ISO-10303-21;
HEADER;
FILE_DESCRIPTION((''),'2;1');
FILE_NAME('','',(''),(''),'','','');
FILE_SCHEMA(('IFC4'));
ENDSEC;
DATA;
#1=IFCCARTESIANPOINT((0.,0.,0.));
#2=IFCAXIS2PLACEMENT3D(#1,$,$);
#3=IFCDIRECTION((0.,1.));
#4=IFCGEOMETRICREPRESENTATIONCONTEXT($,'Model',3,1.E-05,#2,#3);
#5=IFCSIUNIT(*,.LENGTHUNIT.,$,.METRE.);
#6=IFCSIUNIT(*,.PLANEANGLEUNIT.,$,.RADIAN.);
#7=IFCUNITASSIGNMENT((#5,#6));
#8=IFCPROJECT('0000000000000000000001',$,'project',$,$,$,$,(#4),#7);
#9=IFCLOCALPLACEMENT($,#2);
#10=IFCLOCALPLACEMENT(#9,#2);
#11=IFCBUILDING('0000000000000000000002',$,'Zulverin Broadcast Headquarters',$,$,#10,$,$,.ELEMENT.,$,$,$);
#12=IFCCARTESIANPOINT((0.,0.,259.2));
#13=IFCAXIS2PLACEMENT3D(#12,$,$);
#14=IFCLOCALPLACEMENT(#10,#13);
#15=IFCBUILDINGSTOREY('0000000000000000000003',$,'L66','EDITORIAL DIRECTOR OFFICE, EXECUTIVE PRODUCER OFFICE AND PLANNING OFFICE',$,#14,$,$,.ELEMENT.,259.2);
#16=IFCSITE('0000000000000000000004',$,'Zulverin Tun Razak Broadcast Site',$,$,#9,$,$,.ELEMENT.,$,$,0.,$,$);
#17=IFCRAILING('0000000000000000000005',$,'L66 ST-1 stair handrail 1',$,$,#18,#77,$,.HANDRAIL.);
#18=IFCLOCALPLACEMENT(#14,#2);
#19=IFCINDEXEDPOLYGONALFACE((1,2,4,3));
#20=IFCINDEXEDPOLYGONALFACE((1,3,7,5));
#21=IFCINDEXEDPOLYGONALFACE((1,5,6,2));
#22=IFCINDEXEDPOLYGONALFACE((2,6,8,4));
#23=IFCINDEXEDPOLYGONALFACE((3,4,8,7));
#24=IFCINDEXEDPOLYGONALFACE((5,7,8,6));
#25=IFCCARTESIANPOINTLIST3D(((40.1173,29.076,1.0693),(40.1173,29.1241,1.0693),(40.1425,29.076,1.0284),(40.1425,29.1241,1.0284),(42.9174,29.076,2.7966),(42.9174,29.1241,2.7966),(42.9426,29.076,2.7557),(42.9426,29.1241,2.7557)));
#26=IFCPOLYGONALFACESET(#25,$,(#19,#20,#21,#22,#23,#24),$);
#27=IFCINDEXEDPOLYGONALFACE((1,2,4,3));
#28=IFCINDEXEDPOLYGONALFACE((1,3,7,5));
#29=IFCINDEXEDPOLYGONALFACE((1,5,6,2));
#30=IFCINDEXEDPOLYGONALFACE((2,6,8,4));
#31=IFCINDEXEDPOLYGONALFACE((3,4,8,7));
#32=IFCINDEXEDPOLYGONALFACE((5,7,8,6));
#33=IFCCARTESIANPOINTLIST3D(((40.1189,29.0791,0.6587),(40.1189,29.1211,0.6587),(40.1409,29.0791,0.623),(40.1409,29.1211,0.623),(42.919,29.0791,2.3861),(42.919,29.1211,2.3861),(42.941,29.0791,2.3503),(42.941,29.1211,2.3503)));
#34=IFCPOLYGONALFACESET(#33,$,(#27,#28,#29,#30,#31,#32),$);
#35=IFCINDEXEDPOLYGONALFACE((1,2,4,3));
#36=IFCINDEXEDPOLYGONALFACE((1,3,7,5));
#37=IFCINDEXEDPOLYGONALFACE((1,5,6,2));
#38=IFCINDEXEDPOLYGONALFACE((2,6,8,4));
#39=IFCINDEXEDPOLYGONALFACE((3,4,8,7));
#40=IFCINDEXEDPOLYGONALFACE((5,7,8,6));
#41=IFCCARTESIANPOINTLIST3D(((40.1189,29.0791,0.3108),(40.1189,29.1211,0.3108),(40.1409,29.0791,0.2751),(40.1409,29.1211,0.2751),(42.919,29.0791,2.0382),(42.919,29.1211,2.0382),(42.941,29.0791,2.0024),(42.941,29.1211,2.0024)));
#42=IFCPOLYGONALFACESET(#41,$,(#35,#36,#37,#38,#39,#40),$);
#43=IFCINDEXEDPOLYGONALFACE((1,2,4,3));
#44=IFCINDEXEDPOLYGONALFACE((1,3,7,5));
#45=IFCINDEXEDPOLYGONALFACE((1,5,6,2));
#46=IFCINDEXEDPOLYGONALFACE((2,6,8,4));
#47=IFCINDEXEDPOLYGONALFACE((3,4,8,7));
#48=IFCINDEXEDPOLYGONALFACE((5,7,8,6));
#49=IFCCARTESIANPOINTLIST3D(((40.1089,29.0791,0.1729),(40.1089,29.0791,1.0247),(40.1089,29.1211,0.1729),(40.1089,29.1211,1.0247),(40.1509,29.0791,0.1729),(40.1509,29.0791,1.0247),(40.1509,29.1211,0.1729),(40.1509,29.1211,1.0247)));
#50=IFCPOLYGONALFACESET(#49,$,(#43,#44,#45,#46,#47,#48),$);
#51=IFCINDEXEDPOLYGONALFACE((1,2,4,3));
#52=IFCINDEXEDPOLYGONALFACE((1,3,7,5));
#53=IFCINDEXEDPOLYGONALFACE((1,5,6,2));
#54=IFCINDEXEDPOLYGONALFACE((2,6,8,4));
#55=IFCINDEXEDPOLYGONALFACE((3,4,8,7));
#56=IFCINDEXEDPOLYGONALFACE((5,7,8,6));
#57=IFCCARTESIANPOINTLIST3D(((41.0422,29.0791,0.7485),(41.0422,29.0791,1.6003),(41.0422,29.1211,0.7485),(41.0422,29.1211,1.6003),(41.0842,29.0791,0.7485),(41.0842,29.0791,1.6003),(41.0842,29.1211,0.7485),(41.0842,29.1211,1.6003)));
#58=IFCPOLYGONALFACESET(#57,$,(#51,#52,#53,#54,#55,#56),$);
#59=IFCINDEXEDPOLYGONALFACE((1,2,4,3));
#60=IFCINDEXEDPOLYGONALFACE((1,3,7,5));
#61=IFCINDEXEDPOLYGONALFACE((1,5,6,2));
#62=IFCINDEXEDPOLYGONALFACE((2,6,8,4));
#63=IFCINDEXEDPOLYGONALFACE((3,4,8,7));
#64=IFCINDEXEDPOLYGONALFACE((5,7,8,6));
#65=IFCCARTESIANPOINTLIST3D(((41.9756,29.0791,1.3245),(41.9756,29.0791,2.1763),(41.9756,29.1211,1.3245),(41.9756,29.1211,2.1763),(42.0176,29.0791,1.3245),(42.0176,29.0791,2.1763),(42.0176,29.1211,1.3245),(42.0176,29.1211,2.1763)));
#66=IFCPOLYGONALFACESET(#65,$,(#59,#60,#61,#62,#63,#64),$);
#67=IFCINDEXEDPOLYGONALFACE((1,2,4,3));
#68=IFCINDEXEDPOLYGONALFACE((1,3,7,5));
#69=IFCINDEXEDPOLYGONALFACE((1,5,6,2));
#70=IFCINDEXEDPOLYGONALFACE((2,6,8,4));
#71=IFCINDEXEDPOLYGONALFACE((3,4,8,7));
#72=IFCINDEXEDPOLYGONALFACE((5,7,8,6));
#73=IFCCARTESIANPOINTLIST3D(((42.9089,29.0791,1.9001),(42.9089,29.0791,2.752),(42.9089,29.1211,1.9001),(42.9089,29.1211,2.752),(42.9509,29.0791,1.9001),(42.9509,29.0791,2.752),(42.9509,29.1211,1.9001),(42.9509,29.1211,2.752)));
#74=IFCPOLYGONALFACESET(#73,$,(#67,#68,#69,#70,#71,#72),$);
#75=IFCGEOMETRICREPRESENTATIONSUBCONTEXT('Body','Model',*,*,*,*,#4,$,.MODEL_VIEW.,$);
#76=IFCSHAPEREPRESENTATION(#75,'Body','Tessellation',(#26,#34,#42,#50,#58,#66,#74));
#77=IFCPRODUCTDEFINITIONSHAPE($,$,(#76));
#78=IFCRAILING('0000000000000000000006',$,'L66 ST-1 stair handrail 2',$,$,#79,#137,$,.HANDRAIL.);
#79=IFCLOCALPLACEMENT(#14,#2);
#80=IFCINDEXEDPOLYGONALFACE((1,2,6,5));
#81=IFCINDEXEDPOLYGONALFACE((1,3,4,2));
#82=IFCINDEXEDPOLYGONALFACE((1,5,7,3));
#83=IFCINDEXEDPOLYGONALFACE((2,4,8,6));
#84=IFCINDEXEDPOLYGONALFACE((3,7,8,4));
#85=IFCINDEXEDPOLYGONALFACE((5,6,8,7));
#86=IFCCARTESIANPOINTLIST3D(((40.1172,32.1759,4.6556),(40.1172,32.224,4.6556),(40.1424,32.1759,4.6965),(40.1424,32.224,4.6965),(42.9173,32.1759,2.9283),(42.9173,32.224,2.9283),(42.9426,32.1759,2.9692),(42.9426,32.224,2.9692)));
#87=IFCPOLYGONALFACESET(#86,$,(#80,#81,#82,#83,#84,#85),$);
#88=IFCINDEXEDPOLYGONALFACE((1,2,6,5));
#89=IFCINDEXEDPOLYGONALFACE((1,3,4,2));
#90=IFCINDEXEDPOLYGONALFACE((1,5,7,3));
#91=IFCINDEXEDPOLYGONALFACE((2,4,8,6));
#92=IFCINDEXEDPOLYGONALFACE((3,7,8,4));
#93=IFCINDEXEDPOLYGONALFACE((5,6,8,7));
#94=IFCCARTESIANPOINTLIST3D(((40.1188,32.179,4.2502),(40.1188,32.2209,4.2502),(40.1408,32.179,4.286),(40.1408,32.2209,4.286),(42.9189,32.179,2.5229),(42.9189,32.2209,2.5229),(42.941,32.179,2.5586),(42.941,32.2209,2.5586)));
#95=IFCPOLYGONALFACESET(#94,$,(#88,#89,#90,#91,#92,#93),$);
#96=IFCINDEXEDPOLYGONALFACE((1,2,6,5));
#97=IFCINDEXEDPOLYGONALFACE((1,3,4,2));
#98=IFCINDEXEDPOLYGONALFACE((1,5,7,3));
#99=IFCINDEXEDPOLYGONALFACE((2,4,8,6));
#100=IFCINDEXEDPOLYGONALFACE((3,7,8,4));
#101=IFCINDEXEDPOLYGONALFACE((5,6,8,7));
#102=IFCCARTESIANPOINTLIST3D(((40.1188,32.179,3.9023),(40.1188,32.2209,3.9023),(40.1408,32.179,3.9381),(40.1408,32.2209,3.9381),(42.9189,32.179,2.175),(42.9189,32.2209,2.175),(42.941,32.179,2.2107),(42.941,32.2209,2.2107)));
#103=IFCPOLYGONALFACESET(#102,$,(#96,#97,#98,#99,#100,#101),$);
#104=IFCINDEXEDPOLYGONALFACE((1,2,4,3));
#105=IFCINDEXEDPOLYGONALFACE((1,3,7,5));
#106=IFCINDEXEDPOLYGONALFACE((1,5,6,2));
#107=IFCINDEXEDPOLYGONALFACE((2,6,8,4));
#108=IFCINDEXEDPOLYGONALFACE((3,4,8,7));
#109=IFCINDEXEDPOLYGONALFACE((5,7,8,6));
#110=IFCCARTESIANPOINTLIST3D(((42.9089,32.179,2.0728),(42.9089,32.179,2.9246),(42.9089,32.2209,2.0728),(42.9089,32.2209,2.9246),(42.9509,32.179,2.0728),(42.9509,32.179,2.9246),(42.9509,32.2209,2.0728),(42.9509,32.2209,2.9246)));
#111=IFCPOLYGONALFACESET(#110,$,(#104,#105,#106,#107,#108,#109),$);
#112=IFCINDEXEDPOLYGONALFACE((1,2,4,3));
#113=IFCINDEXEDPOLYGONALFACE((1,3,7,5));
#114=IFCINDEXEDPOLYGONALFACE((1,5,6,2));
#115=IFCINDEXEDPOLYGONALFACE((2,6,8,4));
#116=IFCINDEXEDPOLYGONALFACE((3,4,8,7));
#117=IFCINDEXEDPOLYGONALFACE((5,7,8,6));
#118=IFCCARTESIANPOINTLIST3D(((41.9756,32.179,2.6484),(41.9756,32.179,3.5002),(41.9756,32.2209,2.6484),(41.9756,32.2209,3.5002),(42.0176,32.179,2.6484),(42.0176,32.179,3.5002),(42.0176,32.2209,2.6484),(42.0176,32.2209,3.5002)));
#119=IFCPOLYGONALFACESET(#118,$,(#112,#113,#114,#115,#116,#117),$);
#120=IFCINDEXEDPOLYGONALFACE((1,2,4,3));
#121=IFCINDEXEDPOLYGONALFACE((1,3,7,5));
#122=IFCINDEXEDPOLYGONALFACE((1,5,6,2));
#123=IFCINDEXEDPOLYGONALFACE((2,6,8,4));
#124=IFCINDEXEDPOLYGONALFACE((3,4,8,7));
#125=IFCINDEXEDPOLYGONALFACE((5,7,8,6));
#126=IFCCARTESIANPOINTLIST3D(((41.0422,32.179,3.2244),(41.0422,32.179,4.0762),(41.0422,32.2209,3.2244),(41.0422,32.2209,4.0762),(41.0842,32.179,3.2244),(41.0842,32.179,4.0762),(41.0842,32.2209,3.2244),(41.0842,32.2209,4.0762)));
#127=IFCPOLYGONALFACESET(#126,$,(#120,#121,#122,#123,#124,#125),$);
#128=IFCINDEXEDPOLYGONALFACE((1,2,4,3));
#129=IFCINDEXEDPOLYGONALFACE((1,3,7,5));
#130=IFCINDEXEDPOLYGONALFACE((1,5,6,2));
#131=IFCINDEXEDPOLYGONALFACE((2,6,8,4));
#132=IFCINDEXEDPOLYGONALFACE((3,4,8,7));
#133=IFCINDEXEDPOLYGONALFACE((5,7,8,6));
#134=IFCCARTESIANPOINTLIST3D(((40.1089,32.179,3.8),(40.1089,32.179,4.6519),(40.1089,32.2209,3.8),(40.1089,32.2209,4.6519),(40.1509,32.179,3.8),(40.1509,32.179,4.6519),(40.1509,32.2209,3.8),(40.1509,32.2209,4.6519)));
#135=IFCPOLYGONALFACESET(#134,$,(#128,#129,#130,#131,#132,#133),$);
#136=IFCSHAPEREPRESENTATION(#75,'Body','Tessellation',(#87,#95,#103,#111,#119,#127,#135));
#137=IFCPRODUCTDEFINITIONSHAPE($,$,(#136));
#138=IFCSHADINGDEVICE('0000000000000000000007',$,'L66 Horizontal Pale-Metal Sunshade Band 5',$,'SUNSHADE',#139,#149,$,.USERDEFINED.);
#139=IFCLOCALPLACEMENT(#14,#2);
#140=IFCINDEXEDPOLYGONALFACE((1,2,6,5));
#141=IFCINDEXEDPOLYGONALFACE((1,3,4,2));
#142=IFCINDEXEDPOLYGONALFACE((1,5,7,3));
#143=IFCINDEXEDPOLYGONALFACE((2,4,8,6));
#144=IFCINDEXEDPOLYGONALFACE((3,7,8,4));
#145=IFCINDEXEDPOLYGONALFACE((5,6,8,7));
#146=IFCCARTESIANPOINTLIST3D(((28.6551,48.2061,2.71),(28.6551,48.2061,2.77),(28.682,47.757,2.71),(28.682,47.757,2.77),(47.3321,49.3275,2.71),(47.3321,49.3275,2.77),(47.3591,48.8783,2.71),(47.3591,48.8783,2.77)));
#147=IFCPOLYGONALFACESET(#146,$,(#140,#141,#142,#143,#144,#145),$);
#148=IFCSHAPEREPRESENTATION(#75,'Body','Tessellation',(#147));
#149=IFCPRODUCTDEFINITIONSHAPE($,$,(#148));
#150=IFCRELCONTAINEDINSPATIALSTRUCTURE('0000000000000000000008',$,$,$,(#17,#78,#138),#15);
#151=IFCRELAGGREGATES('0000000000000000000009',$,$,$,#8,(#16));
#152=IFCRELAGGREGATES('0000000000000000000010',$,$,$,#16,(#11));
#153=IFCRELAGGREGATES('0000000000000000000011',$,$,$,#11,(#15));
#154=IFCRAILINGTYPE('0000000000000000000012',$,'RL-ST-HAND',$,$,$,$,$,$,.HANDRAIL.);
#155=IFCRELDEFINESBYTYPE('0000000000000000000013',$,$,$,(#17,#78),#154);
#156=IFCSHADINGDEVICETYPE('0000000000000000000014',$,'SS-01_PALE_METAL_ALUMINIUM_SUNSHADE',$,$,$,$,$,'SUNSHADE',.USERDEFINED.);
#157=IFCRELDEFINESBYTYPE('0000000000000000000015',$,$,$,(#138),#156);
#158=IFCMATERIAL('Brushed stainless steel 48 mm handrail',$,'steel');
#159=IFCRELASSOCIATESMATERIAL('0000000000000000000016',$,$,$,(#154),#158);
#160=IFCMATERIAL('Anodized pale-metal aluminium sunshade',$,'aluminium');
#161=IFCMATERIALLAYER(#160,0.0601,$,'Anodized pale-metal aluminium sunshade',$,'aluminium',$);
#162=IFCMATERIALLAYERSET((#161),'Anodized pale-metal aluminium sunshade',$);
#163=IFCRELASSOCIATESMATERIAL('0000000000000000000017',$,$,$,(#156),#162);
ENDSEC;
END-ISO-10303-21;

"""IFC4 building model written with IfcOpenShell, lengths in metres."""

from ifc_helpers import new_model, si_unit, direction, frame, origin, origin_2d, place, context, subcontext, project, spatial, rectangle, extrude, material, layer, layer_set, type_object, element, save


model = new_model("IFC4")

# Units and contexts
model_context = context("Model", 3, precision=1e-05, world=origin(), true_north=direction((0.0, 1.0)))
body_context = subcontext(model_context, "Body", "Model", "MODEL_VIEW")
ifc_project = project(units=[si_unit("LENGTHUNIT", "METRE"), si_unit("PLANEANGLEUNIT", "RADIAN")], contexts=[model_context])

# Site, building, storey
site_placement = place(None, origin())
site = spatial("IfcSite", under=ifc_project, at=site_placement, Name="Zulverin Tun Razak Broadcast Site", CompositionType="ELEMENT", RefElevation=0.0)
building_placement = place(site_placement, origin())
building = spatial("IfcBuilding", under=site, at=building_placement, Name="Zulverin Broadcast Headquarters", CompositionType="ELEMENT")
storey_placement = place(building_placement, frame((0.0, 0.0, 259.2)))
storey = spatial("IfcBuildingStorey", under=building, at=storey_placement, Name="L66", Description="EDITORIAL DIRECTOR OFFICE, EXECUTIVE PRODUCER OFFICE AND PLANNING OFFICE", CompositionType="ELEMENT", Elevation=259.2)

# Railings
ifc_material_1 = material(Name="Brushed stainless steel 48 mm handrail", Category="steel")
railing_type_1 = type_object("IfcRailingType", Name="RL-ST-HAND", PredefinedType="HANDRAIL", material=ifc_material_1)
railing_1_placement = place(storey_placement, frame((40.1299, 29.1001, 0.1729)))
element("IfcRailing", 1, at=railing_1_placement, inside=storey, type_object=railing_type_1, Name="L66 ST-1 stair handrail 1", PredefinedType="HANDRAIL", context=body_context, shape_type="SweptSolid", body=[
    extrude(rectangle(XDim=0.0481, YDim=0.0481, at=origin_2d()), frame((0.0, 0.0, 0.876), z_axis=(0.85109, 0.0, 0.52502), x_axis=(0.0, 1.0, 0.0)), (0.0, 0.0, 1.0), 3.29),
    extrude(rectangle(XDim=0.042, YDim=0.042, at=origin_2d()), frame((0.0, 0.0, 0.468), z_axis=(0.85109, 0.0, 0.52502), x_axis=(0.0, 1.0, 0.0)), (0.0, 0.0, 1.0), 3.29),
    extrude(rectangle(XDim=0.042, YDim=0.042, at=origin_2d()), frame((0.0, 0.0, 0.1201), z_axis=(0.85109, 0.0, 0.52502), x_axis=(0.0, 1.0, 0.0)), (0.0, 0.0, 1.0), 3.29),
    extrude(rectangle(XDim=0.042, YDim=0.042, at=origin_2d()), origin(), (0.0, 0.0, 1.0), 0.8518),
    extrude(rectangle(XDim=0.042, YDim=0.042, at=origin_2d()), frame((0.9333, 0.0, 0.5757)), (0.0, 0.0, 1.0), 0.8518),
    extrude(rectangle(XDim=0.042, YDim=0.042, at=origin_2d()), frame((1.8667, 0.0, 1.1516)), (0.0, 0.0, 1.0), 0.8518),
    extrude(rectangle(XDim=0.042, YDim=0.042, at=origin_2d()), frame((2.8, 0.0, 1.7273)), (0.0, 0.0, 1.0), 0.8518),
])
railing_2_placement = place(storey_placement, frame((42.9299, 32.2, 2.0728)))
element("IfcRailing", 2, at=railing_2_placement, inside=storey, type_object=railing_type_1, Name="L66 ST-1 stair handrail 2", PredefinedType="HANDRAIL", context=body_context, shape_type="SweptSolid", body=[
    extrude(rectangle(XDim=0.0481, YDim=0.0481, at=origin_2d()), frame((0.0, 0.0, 0.876), z_axis=(-0.85109, 0.0, 0.52502), x_axis=(0.0, -1.0, 0.0)), (0.0, 0.0, 1.0), 3.29),
    extrude(rectangle(XDim=0.042, YDim=0.042, at=origin_2d()), frame((0.0, 0.0, 0.468), z_axis=(-0.85109, 0.0, 0.52502), x_axis=(0.0, -1.0, 0.0)), (0.0, 0.0, 1.0), 3.29),
    extrude(rectangle(XDim=0.042, YDim=0.042, at=origin_2d()), frame((0.0, 0.0, 0.1201), z_axis=(-0.85109, 0.0, 0.52502), x_axis=(0.0, -1.0, 0.0)), (0.0, 0.0, 1.0), 3.29),
    extrude(rectangle(XDim=0.042, YDim=0.042, at=origin_2d()), origin(), (0.0, 0.0, 1.0), 0.8518),
    extrude(rectangle(XDim=0.042, YDim=0.042, at=origin_2d()), frame((-0.9333, 0.0, 0.5757)), (0.0, 0.0, 1.0), 0.8518),
    extrude(rectangle(XDim=0.042, YDim=0.042, at=origin_2d()), frame((-1.8667, 0.0, 1.1516)), (0.0, 0.0, 1.0), 0.8518),
    extrude(rectangle(XDim=0.042, YDim=0.042, at=origin_2d()), frame((-2.8, 0.0, 1.7273)), (0.0, 0.0, 1.0), 0.8518),
])

# Shading device
ifc_material_2 = material(Name="Anodized pale-metal aluminium sunshade", Category="aluminium")
ifc_layer_1 = layer(ifc_material_2, 0.0601, Name="Anodized pale-metal aluminium sunshade", Category="aluminium")
ifc_layer_set_1 = layer_set([ifc_layer_1], Name="Anodized pale-metal aluminium sunshade")
shading_device_type = type_object("IfcShadingDeviceType", Name="SS-01_PALE_METAL_ALUMINIUM_SUNSHADE", ElementType="SUNSHADE", PredefinedType="USERDEFINED", material=ifc_layer_set_1)
shading_device_placement = place(storey_placement, frame((38.0071, 48.5422, 2.71), z_axis=(0.0, 0.0, 1.0), x_axis=(-0.998203, -0.05993, 0.0)))
element("IfcShadingDevice", 3, at=shading_device_placement, inside=storey, type_object=shading_device_type, Name="L66 Horizontal Pale-Metal Sunshade Band 5", ObjectType="SUNSHADE", PredefinedType="USERDEFINED", context=body_context, shape_type="SweptSolid", body=[
    extrude(rectangle(XDim=18.7107, YDim=0.45, at=origin_2d()), origin(), (0.0, 0.0, 1.0), 0.0601),
])

save(model, "model.ifc")
